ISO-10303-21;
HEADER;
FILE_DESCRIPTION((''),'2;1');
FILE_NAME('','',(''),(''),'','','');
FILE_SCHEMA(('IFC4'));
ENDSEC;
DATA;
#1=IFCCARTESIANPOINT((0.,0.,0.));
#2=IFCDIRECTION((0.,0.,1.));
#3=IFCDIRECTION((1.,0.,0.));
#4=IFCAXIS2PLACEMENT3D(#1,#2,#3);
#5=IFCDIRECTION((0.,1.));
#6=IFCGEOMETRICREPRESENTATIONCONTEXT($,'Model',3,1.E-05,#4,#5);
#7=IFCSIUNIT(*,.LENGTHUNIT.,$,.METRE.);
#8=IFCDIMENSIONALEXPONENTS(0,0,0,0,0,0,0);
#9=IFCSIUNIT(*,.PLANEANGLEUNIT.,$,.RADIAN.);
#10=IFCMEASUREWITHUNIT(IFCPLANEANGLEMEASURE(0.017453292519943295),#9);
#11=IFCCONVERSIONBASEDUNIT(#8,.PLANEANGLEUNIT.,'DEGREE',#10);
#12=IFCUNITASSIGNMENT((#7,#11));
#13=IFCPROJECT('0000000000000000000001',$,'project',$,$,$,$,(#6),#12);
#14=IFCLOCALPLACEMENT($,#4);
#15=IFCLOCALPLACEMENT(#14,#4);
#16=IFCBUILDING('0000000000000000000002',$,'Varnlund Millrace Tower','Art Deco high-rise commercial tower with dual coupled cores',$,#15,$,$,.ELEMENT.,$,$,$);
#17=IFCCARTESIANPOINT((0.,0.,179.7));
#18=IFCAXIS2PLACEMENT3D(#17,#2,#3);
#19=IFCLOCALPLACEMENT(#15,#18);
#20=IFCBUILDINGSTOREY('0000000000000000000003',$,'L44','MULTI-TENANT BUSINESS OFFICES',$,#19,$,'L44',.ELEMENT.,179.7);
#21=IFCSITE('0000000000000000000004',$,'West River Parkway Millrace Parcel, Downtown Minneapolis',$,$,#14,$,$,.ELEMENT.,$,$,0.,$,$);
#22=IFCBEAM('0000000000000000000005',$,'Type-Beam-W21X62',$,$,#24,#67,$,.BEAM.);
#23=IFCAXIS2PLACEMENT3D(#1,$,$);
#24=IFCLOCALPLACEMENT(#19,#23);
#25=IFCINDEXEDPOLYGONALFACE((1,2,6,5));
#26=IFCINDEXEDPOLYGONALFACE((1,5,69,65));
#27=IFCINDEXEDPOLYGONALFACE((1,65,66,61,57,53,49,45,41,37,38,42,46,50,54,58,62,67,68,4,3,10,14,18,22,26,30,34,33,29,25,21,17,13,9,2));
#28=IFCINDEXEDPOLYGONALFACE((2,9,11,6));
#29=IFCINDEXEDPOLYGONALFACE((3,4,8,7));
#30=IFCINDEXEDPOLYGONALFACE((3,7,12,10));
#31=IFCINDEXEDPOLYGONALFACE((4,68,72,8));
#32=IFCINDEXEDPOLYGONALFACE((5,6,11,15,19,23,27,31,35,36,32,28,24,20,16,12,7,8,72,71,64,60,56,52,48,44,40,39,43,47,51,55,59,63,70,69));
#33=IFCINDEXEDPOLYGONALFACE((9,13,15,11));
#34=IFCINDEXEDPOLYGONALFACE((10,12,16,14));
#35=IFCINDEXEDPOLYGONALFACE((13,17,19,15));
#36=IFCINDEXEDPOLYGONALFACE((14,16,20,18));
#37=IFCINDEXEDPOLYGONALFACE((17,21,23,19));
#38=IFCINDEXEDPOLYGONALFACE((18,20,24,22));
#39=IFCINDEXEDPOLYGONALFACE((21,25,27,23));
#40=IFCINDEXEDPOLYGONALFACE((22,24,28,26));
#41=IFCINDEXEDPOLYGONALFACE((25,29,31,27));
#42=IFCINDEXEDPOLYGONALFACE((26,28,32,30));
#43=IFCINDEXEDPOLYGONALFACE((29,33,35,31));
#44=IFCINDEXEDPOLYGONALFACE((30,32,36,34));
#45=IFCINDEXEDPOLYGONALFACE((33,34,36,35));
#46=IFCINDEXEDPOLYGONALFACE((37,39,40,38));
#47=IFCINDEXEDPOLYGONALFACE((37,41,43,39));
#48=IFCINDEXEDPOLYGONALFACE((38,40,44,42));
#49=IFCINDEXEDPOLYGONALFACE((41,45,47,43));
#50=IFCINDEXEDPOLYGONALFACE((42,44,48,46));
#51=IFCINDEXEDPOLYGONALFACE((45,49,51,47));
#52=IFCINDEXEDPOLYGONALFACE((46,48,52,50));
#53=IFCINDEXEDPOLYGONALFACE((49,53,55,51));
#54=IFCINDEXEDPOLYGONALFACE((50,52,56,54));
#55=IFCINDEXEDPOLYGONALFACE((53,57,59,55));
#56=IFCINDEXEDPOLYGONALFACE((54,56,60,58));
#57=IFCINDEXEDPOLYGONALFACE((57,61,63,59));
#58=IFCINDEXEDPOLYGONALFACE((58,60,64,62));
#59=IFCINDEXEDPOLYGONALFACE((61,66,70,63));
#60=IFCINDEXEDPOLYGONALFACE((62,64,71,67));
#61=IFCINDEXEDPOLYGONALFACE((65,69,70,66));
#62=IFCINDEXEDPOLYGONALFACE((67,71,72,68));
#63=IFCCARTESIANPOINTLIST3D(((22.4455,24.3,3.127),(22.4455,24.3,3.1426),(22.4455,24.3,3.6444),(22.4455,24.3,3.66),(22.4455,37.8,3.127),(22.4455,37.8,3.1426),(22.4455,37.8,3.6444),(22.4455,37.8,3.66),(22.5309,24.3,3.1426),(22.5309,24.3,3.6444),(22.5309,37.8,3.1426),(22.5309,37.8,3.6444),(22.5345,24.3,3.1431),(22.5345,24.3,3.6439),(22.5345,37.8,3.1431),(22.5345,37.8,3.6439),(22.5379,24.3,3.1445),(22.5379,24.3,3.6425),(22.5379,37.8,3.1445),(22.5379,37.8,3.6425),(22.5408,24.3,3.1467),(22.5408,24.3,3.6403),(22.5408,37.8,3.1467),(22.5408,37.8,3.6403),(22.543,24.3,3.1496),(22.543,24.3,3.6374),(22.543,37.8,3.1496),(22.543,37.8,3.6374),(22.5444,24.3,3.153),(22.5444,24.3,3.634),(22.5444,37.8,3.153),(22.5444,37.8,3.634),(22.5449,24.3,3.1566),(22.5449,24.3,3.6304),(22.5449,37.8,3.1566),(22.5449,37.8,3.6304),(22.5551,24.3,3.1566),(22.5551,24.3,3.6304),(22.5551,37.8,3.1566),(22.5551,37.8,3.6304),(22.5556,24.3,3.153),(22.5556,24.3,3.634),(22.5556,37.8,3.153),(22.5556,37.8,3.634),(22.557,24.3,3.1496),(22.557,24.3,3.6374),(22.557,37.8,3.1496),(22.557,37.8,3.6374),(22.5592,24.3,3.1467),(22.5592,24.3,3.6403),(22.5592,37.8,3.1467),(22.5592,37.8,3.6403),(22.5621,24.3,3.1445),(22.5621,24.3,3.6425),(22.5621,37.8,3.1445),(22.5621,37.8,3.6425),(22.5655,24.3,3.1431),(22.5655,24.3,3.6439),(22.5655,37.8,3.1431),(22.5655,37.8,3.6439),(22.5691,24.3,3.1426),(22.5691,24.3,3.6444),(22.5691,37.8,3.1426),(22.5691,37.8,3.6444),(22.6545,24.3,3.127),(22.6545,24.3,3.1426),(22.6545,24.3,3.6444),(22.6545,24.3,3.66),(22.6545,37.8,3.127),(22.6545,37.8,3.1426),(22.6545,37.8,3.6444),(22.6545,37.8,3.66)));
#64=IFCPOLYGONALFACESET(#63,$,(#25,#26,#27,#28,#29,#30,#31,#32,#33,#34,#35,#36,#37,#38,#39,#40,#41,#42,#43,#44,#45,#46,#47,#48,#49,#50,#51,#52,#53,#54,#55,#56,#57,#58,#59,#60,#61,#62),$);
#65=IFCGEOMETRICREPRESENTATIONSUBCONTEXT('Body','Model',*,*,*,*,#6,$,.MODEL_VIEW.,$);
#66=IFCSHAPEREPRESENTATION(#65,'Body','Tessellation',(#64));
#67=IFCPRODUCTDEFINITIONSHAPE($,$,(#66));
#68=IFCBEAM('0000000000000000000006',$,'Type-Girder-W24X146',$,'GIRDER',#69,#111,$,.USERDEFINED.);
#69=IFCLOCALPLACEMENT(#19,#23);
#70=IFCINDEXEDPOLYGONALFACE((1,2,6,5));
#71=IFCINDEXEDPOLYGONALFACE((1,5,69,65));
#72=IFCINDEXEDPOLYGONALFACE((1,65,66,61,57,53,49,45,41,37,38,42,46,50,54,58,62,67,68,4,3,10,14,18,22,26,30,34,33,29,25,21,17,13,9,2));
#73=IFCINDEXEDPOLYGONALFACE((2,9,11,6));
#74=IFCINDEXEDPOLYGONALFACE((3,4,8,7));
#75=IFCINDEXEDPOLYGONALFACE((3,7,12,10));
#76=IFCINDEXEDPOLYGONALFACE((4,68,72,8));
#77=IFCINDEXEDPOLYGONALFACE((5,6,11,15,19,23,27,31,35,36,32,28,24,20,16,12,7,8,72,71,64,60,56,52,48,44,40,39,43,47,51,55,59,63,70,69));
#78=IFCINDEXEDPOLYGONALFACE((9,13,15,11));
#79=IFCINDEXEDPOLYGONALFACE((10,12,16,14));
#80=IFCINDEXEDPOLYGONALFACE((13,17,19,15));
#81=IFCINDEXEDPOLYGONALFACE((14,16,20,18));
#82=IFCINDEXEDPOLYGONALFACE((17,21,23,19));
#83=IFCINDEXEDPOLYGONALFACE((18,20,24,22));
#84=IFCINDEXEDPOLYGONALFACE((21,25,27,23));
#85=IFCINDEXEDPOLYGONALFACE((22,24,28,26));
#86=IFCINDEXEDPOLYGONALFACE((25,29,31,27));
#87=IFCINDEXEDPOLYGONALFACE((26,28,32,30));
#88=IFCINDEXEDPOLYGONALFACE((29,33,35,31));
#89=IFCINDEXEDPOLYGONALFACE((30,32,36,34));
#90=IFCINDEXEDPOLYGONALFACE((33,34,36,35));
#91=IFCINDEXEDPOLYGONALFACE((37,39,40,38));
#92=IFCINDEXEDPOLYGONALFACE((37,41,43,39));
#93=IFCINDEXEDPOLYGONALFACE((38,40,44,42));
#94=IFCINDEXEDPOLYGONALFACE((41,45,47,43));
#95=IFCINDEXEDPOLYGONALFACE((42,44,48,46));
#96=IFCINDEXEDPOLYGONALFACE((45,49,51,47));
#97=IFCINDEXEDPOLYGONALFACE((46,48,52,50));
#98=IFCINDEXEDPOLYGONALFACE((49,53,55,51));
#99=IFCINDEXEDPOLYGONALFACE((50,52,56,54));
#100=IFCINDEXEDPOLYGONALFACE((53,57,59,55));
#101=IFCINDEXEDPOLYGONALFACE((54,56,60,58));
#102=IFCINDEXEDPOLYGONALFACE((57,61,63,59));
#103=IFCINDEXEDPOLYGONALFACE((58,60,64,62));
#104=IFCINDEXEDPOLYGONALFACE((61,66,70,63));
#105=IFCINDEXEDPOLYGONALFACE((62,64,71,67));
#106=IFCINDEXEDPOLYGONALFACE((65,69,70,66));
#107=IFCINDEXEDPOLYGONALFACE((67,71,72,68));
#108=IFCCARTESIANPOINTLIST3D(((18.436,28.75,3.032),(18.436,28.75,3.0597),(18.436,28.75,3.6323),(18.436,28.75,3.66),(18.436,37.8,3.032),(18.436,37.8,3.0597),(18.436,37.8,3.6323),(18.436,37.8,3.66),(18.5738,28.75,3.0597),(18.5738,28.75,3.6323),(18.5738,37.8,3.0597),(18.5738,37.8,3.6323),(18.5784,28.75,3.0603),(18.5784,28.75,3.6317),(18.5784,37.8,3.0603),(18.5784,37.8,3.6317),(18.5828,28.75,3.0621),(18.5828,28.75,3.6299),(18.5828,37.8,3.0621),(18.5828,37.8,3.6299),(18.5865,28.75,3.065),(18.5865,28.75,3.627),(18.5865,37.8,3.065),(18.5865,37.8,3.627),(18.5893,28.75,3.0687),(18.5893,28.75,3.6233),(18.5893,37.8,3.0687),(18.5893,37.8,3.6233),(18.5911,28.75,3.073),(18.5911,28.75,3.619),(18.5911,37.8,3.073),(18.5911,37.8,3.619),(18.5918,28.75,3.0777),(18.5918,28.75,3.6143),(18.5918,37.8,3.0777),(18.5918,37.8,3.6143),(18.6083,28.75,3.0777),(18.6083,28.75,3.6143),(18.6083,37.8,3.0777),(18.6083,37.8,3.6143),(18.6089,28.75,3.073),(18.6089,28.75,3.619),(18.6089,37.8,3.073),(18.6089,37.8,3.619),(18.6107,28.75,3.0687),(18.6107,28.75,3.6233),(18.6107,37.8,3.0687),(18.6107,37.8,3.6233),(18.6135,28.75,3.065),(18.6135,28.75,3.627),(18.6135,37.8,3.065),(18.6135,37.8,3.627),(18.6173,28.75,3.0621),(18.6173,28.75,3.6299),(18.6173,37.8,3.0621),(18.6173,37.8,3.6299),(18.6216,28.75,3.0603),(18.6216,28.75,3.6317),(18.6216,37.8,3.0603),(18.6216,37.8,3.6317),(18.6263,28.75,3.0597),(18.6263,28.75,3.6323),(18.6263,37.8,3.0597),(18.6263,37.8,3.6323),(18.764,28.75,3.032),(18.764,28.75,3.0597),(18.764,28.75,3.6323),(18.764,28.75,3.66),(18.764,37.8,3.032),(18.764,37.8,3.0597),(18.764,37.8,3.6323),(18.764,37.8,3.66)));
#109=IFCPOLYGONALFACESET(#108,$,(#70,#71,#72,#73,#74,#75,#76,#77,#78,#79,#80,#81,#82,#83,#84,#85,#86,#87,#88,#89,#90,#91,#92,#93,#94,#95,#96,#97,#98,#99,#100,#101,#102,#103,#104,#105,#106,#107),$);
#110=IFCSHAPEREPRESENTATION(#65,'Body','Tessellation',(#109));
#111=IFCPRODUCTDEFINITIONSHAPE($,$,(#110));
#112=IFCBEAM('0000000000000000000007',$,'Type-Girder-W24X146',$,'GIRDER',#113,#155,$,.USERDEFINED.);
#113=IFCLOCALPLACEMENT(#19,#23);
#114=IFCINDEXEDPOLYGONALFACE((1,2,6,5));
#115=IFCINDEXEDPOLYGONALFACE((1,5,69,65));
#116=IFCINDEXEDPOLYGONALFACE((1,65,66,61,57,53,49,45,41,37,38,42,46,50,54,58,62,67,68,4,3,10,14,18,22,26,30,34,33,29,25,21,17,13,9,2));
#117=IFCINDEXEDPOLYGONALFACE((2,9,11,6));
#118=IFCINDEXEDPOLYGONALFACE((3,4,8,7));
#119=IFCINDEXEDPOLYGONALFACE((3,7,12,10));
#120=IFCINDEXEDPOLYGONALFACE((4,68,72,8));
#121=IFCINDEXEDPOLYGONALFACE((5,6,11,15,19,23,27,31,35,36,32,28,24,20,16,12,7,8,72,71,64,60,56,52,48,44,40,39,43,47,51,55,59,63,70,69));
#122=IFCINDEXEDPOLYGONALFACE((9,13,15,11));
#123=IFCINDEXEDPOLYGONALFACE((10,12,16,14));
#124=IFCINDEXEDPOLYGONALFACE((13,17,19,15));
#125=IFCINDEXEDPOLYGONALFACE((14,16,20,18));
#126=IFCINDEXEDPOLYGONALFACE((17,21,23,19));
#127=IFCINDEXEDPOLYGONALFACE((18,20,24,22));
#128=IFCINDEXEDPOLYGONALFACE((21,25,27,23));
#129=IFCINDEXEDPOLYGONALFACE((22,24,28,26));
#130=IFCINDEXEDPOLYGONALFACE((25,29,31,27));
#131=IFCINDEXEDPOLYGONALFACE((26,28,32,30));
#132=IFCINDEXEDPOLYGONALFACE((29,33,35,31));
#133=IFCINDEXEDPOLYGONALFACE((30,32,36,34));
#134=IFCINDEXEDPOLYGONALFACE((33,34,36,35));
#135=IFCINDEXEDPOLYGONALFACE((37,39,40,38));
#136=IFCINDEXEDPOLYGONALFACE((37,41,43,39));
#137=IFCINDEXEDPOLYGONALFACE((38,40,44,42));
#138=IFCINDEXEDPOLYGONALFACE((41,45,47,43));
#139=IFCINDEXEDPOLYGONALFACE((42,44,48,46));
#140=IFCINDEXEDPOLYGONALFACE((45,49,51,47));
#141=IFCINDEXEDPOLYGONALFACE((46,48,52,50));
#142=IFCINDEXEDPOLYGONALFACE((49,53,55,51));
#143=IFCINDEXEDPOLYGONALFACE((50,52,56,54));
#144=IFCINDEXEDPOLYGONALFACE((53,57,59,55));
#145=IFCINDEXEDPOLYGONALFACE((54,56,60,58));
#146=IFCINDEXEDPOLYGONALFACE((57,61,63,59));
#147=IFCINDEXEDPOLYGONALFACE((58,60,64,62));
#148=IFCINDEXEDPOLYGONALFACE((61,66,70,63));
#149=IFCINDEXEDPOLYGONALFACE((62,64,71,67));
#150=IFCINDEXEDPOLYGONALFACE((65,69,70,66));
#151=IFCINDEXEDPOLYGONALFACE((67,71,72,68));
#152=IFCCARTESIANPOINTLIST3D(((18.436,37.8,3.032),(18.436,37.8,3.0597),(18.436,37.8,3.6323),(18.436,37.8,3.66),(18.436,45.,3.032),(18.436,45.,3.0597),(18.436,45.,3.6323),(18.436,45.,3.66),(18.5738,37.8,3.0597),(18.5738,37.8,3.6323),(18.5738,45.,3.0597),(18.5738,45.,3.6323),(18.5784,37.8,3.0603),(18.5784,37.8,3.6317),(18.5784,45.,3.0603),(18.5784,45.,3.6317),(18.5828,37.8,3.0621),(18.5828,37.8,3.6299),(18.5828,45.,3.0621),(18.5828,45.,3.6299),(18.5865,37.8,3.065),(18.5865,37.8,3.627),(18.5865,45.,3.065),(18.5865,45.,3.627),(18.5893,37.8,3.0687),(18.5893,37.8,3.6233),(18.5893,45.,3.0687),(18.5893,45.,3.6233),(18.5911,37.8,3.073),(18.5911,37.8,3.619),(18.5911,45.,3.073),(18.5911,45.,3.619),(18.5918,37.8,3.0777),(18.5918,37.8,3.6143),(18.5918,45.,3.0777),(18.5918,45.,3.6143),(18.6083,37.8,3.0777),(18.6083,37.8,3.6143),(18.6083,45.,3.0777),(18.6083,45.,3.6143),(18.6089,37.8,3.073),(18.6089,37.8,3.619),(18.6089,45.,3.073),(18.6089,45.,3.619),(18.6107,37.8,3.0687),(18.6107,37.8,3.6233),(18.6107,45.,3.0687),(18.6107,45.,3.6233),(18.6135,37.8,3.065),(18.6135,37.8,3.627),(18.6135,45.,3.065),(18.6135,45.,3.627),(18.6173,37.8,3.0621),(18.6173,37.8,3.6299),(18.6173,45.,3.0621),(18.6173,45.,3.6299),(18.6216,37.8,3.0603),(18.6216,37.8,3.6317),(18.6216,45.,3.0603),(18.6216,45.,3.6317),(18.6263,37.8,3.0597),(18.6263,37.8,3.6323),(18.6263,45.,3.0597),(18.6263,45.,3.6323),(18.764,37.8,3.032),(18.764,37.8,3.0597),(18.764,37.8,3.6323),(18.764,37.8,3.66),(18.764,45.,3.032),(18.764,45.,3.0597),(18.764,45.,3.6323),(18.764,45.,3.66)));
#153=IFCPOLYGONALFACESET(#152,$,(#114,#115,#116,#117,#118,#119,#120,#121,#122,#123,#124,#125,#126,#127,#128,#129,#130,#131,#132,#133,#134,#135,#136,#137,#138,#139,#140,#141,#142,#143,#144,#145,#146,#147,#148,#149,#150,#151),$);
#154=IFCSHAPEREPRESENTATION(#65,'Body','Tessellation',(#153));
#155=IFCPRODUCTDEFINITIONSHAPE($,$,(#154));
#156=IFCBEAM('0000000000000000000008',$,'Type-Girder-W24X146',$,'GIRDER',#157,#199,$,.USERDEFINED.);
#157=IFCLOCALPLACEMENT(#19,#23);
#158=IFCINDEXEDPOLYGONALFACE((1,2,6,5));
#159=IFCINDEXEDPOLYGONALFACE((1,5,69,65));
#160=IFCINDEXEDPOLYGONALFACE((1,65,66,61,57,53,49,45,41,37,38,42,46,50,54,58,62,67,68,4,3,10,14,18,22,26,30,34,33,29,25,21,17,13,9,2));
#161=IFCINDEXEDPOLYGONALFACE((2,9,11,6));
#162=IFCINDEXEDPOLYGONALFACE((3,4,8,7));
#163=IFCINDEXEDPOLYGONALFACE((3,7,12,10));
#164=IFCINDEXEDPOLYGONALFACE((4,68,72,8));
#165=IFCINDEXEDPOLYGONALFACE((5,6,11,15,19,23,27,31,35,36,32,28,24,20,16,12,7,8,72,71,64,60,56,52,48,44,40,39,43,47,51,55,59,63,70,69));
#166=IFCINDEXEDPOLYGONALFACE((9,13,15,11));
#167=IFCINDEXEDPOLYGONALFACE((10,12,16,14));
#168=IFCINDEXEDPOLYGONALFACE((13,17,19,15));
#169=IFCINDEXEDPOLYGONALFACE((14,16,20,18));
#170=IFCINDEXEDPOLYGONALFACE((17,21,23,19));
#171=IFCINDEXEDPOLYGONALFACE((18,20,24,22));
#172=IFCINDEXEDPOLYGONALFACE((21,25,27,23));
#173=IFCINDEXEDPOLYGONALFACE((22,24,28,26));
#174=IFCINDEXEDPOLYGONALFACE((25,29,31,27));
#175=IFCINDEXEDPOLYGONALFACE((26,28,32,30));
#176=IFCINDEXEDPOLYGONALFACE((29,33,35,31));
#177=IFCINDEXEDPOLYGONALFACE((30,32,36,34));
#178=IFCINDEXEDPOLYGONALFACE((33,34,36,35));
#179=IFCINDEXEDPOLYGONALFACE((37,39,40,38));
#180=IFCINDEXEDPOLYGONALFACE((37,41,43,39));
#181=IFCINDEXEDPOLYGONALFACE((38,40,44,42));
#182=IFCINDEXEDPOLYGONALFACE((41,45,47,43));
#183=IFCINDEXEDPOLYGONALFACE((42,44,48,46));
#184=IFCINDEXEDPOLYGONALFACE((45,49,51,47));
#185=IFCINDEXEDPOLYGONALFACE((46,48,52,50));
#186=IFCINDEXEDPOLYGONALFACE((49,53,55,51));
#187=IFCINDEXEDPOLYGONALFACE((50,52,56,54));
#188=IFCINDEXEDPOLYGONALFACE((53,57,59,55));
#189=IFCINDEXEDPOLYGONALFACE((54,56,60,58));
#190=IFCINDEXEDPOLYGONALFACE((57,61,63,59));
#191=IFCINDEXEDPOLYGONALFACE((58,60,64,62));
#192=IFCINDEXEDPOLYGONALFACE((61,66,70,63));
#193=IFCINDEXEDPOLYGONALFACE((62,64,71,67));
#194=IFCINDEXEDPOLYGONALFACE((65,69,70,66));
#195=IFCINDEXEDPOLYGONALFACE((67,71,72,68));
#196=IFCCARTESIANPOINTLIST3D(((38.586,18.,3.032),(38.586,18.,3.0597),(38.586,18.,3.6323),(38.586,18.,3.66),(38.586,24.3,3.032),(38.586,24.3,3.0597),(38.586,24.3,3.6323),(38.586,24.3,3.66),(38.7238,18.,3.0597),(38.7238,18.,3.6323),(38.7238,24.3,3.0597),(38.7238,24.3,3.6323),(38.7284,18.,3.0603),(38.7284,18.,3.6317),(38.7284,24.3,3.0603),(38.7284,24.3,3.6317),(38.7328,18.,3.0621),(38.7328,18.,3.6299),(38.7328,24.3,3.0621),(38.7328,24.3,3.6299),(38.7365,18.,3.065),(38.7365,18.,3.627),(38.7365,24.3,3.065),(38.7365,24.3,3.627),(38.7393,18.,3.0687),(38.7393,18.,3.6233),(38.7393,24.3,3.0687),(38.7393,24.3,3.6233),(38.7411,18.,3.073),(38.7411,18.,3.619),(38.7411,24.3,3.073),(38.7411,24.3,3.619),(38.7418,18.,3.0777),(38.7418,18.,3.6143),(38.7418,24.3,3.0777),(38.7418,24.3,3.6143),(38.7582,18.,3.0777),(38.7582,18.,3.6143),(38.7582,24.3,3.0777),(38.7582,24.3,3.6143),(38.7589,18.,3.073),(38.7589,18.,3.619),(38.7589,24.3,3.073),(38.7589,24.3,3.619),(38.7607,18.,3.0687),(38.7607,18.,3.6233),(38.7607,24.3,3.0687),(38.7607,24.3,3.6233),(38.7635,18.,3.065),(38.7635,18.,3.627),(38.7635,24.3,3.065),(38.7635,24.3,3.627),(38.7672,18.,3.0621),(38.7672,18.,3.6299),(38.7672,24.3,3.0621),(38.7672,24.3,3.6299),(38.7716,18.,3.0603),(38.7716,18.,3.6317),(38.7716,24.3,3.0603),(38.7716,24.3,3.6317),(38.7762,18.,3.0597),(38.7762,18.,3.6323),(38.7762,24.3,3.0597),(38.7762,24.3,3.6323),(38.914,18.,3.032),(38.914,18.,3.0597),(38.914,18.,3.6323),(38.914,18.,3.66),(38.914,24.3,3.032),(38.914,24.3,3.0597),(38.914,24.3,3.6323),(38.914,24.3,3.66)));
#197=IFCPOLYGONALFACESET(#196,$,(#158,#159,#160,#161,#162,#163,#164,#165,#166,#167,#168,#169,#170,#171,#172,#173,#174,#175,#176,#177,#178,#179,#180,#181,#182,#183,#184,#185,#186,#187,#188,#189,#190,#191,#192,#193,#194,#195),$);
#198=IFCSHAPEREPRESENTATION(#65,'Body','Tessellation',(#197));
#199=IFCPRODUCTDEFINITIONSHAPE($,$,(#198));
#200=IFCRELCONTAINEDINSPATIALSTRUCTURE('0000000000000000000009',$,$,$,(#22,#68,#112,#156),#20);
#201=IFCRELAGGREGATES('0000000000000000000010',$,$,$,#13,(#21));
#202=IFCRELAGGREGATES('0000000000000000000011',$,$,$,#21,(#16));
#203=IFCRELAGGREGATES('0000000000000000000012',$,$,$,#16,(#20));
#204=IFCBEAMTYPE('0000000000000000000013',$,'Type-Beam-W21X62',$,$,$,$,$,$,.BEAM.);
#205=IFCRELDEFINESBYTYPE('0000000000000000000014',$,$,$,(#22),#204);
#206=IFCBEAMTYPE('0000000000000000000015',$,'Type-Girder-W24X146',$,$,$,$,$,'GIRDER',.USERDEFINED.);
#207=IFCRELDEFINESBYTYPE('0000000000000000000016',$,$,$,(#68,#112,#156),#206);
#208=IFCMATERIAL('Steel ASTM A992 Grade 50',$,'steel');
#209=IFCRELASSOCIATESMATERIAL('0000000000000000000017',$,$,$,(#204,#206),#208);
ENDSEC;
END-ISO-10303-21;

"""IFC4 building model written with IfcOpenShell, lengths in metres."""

from ifc_helpers import new_model, entity, si_unit, converted_unit, direction, frame, origin_with_axes, origin_2d_with_axis, place, context, subcontext, project, spatial, i_section, extrude, material, material_profile, profile_set, type_object, element, save


model = new_model("IFC4")

# Units and contexts
model_context = context("Model", 3, precision=1e-05, world=origin_with_axes(), true_north=direction((0.0, 1.0)))
body_context = subcontext(model_context, "Body", "Model", "MODEL_VIEW")
ifc_project = project(units=[si_unit("LENGTHUNIT", "METRE"), converted_unit("PLANEANGLEUNIT", "DEGREE", entity("IfcPlaneAngleMeasure", 0.017453292519943295), si_unit("PLANEANGLEUNIT", "RADIAN"), dimensions=[0, 0, 0, 0, 0, 0, 0])], contexts=[model_context])

# Site, building, storey
site_placement = place(None, origin_with_axes())
site = spatial("IfcSite", under=ifc_project, at=site_placement, Name="West River Parkway Millrace Parcel, Downtown Minneapolis", CompositionType="ELEMENT", RefElevation=0.0)
building_placement = place(site_placement, origin_with_axes())
building = spatial("IfcBuilding", under=site, at=building_placement, Name="Varnlund Millrace Tower", Description="Art Deco high-rise commercial tower with dual coupled cores", CompositionType="ELEMENT")
storey_placement = place(building_placement, frame((0.0, 0.0, 179.7), z_axis=(0.0, 0.0, 1.0), x_axis=(1.0, 0.0, 0.0)))
storey = spatial("IfcBuildingStorey", under=building, at=storey_placement, Name="L44", Description="MULTI-TENANT BUSINESS OFFICES", LongName="L44", CompositionType="ELEMENT", Elevation=179.7)

# Beams
ifc_material_1 = material(Name="Steel ASTM A992 Grade 50", Category="steel")
ifc_material_profile_1 = material_profile(ifc_material_1, i_section(OverallWidth=0.209, OverallDepth=0.533, WebThickness=0.0102, FlangeThickness=0.0156, FilletRadius=0.014, at=origin_2d_with_axis()), Name="Steel ASTM A992 Grade 50")
ifc_profile_set_1 = profile_set([ifc_material_profile_1], Name="Steel ASTM A992 Grade 50")
beam_type_1 = type_object("IfcBeamType", Name="Type-Beam-W21X62", PredefinedType="BEAM", material=ifc_profile_set_1)
beam_1_placement = place(storey_placement, frame((22.55, 24.3, 3.3935), z_axis=(0.0, 1.0, 0.0), x_axis=(-1.0, 0.0, 0.0)))
element("IfcBeam", 1, at=beam_1_placement, inside=storey, type_object=beam_type_1, Name="Type-Beam-W21X62", PredefinedType="BEAM", context=body_context, shape_type="SweptSolid", body=[
    extrude(i_section(OverallWidth=0.209, OverallDepth=0.533, WebThickness=0.0102, FlangeThickness=0.0156, FilletRadius=0.014, at=origin_2d_with_axis()), origin_with_axes(), (0.0, 0.0, 1.0), 13.5),
])
ifc_material_profile_2 = material_profile(ifc_material_1, i_section(OverallWidth=0.328, OverallDepth=0.628, WebThickness=0.0165, FlangeThickness=0.0277, FilletRadius=0.018, at=origin_2d_with_axis()), Name="Steel ASTM A992 Grade 50")
ifc_profile_set_2 = profile_set([ifc_material_profile_2], Name="Steel ASTM A992 Grade 50")
beam_type_2 = type_object("IfcBeamType", Name="Type-Girder-W24X146", ElementType="GIRDER", PredefinedType="USERDEFINED", material=ifc_profile_set_2)
beam_2_placement = place(storey_placement, frame((18.6, 28.75, 3.346), z_axis=(0.0, 1.0, 0.0), x_axis=(-1.0, 0.0, 0.0)))
element("IfcBeam", 2, at=beam_2_placement, inside=storey, type_object=beam_type_2, Name="Type-Girder-W24X146", ObjectType="GIRDER", PredefinedType="USERDEFINED", context=body_context, shape_type="SweptSolid", body=[
    extrude(i_section(OverallWidth=0.328, OverallDepth=0.628, WebThickness=0.0165, FlangeThickness=0.0277, FilletRadius=0.018, at=origin_2d_with_axis()), origin_with_axes(), (0.0, 0.0, 1.0), 9.05),
])
beam_3_placement = place(storey_placement, frame((18.6, 37.8, 3.346), z_axis=(0.0, 1.0, 0.0), x_axis=(-1.0, 0.0, 0.0)))
element("IfcBeam", 3, at=beam_3_placement, inside=storey, type_object=beam_type_2, Name="Type-Girder-W24X146", ObjectType="GIRDER", PredefinedType="USERDEFINED", context=body_context, shape_type="SweptSolid", body=[
    extrude(i_section(OverallWidth=0.328, OverallDepth=0.628, WebThickness=0.0165, FlangeThickness=0.0277, FilletRadius=0.018, at=origin_2d_with_axis()), origin_with_axes(), (0.0, 0.0, 1.0), 7.2),
])
beam_4_placement = place(storey_placement, frame((38.75, 18.0, 3.346), z_axis=(0.0, 1.0, 0.0), x_axis=(-1.0, 0.0, 0.0)))
element("IfcBeam", 4, at=beam_4_placement, inside=storey, type_object=beam_type_2, Name="Type-Girder-W24X146", ObjectType="GIRDER", PredefinedType="USERDEFINED", context=body_context, shape_type="SweptSolid", body=[
    extrude(i_section(OverallWidth=0.328, OverallDepth=0.628, WebThickness=0.0165, FlangeThickness=0.0277, FilletRadius=0.018, at=origin_2d_with_axis()), origin_with_axes(), (0.0, 0.0, 1.0), 6.3),
])

save(model, "model.ifc")
